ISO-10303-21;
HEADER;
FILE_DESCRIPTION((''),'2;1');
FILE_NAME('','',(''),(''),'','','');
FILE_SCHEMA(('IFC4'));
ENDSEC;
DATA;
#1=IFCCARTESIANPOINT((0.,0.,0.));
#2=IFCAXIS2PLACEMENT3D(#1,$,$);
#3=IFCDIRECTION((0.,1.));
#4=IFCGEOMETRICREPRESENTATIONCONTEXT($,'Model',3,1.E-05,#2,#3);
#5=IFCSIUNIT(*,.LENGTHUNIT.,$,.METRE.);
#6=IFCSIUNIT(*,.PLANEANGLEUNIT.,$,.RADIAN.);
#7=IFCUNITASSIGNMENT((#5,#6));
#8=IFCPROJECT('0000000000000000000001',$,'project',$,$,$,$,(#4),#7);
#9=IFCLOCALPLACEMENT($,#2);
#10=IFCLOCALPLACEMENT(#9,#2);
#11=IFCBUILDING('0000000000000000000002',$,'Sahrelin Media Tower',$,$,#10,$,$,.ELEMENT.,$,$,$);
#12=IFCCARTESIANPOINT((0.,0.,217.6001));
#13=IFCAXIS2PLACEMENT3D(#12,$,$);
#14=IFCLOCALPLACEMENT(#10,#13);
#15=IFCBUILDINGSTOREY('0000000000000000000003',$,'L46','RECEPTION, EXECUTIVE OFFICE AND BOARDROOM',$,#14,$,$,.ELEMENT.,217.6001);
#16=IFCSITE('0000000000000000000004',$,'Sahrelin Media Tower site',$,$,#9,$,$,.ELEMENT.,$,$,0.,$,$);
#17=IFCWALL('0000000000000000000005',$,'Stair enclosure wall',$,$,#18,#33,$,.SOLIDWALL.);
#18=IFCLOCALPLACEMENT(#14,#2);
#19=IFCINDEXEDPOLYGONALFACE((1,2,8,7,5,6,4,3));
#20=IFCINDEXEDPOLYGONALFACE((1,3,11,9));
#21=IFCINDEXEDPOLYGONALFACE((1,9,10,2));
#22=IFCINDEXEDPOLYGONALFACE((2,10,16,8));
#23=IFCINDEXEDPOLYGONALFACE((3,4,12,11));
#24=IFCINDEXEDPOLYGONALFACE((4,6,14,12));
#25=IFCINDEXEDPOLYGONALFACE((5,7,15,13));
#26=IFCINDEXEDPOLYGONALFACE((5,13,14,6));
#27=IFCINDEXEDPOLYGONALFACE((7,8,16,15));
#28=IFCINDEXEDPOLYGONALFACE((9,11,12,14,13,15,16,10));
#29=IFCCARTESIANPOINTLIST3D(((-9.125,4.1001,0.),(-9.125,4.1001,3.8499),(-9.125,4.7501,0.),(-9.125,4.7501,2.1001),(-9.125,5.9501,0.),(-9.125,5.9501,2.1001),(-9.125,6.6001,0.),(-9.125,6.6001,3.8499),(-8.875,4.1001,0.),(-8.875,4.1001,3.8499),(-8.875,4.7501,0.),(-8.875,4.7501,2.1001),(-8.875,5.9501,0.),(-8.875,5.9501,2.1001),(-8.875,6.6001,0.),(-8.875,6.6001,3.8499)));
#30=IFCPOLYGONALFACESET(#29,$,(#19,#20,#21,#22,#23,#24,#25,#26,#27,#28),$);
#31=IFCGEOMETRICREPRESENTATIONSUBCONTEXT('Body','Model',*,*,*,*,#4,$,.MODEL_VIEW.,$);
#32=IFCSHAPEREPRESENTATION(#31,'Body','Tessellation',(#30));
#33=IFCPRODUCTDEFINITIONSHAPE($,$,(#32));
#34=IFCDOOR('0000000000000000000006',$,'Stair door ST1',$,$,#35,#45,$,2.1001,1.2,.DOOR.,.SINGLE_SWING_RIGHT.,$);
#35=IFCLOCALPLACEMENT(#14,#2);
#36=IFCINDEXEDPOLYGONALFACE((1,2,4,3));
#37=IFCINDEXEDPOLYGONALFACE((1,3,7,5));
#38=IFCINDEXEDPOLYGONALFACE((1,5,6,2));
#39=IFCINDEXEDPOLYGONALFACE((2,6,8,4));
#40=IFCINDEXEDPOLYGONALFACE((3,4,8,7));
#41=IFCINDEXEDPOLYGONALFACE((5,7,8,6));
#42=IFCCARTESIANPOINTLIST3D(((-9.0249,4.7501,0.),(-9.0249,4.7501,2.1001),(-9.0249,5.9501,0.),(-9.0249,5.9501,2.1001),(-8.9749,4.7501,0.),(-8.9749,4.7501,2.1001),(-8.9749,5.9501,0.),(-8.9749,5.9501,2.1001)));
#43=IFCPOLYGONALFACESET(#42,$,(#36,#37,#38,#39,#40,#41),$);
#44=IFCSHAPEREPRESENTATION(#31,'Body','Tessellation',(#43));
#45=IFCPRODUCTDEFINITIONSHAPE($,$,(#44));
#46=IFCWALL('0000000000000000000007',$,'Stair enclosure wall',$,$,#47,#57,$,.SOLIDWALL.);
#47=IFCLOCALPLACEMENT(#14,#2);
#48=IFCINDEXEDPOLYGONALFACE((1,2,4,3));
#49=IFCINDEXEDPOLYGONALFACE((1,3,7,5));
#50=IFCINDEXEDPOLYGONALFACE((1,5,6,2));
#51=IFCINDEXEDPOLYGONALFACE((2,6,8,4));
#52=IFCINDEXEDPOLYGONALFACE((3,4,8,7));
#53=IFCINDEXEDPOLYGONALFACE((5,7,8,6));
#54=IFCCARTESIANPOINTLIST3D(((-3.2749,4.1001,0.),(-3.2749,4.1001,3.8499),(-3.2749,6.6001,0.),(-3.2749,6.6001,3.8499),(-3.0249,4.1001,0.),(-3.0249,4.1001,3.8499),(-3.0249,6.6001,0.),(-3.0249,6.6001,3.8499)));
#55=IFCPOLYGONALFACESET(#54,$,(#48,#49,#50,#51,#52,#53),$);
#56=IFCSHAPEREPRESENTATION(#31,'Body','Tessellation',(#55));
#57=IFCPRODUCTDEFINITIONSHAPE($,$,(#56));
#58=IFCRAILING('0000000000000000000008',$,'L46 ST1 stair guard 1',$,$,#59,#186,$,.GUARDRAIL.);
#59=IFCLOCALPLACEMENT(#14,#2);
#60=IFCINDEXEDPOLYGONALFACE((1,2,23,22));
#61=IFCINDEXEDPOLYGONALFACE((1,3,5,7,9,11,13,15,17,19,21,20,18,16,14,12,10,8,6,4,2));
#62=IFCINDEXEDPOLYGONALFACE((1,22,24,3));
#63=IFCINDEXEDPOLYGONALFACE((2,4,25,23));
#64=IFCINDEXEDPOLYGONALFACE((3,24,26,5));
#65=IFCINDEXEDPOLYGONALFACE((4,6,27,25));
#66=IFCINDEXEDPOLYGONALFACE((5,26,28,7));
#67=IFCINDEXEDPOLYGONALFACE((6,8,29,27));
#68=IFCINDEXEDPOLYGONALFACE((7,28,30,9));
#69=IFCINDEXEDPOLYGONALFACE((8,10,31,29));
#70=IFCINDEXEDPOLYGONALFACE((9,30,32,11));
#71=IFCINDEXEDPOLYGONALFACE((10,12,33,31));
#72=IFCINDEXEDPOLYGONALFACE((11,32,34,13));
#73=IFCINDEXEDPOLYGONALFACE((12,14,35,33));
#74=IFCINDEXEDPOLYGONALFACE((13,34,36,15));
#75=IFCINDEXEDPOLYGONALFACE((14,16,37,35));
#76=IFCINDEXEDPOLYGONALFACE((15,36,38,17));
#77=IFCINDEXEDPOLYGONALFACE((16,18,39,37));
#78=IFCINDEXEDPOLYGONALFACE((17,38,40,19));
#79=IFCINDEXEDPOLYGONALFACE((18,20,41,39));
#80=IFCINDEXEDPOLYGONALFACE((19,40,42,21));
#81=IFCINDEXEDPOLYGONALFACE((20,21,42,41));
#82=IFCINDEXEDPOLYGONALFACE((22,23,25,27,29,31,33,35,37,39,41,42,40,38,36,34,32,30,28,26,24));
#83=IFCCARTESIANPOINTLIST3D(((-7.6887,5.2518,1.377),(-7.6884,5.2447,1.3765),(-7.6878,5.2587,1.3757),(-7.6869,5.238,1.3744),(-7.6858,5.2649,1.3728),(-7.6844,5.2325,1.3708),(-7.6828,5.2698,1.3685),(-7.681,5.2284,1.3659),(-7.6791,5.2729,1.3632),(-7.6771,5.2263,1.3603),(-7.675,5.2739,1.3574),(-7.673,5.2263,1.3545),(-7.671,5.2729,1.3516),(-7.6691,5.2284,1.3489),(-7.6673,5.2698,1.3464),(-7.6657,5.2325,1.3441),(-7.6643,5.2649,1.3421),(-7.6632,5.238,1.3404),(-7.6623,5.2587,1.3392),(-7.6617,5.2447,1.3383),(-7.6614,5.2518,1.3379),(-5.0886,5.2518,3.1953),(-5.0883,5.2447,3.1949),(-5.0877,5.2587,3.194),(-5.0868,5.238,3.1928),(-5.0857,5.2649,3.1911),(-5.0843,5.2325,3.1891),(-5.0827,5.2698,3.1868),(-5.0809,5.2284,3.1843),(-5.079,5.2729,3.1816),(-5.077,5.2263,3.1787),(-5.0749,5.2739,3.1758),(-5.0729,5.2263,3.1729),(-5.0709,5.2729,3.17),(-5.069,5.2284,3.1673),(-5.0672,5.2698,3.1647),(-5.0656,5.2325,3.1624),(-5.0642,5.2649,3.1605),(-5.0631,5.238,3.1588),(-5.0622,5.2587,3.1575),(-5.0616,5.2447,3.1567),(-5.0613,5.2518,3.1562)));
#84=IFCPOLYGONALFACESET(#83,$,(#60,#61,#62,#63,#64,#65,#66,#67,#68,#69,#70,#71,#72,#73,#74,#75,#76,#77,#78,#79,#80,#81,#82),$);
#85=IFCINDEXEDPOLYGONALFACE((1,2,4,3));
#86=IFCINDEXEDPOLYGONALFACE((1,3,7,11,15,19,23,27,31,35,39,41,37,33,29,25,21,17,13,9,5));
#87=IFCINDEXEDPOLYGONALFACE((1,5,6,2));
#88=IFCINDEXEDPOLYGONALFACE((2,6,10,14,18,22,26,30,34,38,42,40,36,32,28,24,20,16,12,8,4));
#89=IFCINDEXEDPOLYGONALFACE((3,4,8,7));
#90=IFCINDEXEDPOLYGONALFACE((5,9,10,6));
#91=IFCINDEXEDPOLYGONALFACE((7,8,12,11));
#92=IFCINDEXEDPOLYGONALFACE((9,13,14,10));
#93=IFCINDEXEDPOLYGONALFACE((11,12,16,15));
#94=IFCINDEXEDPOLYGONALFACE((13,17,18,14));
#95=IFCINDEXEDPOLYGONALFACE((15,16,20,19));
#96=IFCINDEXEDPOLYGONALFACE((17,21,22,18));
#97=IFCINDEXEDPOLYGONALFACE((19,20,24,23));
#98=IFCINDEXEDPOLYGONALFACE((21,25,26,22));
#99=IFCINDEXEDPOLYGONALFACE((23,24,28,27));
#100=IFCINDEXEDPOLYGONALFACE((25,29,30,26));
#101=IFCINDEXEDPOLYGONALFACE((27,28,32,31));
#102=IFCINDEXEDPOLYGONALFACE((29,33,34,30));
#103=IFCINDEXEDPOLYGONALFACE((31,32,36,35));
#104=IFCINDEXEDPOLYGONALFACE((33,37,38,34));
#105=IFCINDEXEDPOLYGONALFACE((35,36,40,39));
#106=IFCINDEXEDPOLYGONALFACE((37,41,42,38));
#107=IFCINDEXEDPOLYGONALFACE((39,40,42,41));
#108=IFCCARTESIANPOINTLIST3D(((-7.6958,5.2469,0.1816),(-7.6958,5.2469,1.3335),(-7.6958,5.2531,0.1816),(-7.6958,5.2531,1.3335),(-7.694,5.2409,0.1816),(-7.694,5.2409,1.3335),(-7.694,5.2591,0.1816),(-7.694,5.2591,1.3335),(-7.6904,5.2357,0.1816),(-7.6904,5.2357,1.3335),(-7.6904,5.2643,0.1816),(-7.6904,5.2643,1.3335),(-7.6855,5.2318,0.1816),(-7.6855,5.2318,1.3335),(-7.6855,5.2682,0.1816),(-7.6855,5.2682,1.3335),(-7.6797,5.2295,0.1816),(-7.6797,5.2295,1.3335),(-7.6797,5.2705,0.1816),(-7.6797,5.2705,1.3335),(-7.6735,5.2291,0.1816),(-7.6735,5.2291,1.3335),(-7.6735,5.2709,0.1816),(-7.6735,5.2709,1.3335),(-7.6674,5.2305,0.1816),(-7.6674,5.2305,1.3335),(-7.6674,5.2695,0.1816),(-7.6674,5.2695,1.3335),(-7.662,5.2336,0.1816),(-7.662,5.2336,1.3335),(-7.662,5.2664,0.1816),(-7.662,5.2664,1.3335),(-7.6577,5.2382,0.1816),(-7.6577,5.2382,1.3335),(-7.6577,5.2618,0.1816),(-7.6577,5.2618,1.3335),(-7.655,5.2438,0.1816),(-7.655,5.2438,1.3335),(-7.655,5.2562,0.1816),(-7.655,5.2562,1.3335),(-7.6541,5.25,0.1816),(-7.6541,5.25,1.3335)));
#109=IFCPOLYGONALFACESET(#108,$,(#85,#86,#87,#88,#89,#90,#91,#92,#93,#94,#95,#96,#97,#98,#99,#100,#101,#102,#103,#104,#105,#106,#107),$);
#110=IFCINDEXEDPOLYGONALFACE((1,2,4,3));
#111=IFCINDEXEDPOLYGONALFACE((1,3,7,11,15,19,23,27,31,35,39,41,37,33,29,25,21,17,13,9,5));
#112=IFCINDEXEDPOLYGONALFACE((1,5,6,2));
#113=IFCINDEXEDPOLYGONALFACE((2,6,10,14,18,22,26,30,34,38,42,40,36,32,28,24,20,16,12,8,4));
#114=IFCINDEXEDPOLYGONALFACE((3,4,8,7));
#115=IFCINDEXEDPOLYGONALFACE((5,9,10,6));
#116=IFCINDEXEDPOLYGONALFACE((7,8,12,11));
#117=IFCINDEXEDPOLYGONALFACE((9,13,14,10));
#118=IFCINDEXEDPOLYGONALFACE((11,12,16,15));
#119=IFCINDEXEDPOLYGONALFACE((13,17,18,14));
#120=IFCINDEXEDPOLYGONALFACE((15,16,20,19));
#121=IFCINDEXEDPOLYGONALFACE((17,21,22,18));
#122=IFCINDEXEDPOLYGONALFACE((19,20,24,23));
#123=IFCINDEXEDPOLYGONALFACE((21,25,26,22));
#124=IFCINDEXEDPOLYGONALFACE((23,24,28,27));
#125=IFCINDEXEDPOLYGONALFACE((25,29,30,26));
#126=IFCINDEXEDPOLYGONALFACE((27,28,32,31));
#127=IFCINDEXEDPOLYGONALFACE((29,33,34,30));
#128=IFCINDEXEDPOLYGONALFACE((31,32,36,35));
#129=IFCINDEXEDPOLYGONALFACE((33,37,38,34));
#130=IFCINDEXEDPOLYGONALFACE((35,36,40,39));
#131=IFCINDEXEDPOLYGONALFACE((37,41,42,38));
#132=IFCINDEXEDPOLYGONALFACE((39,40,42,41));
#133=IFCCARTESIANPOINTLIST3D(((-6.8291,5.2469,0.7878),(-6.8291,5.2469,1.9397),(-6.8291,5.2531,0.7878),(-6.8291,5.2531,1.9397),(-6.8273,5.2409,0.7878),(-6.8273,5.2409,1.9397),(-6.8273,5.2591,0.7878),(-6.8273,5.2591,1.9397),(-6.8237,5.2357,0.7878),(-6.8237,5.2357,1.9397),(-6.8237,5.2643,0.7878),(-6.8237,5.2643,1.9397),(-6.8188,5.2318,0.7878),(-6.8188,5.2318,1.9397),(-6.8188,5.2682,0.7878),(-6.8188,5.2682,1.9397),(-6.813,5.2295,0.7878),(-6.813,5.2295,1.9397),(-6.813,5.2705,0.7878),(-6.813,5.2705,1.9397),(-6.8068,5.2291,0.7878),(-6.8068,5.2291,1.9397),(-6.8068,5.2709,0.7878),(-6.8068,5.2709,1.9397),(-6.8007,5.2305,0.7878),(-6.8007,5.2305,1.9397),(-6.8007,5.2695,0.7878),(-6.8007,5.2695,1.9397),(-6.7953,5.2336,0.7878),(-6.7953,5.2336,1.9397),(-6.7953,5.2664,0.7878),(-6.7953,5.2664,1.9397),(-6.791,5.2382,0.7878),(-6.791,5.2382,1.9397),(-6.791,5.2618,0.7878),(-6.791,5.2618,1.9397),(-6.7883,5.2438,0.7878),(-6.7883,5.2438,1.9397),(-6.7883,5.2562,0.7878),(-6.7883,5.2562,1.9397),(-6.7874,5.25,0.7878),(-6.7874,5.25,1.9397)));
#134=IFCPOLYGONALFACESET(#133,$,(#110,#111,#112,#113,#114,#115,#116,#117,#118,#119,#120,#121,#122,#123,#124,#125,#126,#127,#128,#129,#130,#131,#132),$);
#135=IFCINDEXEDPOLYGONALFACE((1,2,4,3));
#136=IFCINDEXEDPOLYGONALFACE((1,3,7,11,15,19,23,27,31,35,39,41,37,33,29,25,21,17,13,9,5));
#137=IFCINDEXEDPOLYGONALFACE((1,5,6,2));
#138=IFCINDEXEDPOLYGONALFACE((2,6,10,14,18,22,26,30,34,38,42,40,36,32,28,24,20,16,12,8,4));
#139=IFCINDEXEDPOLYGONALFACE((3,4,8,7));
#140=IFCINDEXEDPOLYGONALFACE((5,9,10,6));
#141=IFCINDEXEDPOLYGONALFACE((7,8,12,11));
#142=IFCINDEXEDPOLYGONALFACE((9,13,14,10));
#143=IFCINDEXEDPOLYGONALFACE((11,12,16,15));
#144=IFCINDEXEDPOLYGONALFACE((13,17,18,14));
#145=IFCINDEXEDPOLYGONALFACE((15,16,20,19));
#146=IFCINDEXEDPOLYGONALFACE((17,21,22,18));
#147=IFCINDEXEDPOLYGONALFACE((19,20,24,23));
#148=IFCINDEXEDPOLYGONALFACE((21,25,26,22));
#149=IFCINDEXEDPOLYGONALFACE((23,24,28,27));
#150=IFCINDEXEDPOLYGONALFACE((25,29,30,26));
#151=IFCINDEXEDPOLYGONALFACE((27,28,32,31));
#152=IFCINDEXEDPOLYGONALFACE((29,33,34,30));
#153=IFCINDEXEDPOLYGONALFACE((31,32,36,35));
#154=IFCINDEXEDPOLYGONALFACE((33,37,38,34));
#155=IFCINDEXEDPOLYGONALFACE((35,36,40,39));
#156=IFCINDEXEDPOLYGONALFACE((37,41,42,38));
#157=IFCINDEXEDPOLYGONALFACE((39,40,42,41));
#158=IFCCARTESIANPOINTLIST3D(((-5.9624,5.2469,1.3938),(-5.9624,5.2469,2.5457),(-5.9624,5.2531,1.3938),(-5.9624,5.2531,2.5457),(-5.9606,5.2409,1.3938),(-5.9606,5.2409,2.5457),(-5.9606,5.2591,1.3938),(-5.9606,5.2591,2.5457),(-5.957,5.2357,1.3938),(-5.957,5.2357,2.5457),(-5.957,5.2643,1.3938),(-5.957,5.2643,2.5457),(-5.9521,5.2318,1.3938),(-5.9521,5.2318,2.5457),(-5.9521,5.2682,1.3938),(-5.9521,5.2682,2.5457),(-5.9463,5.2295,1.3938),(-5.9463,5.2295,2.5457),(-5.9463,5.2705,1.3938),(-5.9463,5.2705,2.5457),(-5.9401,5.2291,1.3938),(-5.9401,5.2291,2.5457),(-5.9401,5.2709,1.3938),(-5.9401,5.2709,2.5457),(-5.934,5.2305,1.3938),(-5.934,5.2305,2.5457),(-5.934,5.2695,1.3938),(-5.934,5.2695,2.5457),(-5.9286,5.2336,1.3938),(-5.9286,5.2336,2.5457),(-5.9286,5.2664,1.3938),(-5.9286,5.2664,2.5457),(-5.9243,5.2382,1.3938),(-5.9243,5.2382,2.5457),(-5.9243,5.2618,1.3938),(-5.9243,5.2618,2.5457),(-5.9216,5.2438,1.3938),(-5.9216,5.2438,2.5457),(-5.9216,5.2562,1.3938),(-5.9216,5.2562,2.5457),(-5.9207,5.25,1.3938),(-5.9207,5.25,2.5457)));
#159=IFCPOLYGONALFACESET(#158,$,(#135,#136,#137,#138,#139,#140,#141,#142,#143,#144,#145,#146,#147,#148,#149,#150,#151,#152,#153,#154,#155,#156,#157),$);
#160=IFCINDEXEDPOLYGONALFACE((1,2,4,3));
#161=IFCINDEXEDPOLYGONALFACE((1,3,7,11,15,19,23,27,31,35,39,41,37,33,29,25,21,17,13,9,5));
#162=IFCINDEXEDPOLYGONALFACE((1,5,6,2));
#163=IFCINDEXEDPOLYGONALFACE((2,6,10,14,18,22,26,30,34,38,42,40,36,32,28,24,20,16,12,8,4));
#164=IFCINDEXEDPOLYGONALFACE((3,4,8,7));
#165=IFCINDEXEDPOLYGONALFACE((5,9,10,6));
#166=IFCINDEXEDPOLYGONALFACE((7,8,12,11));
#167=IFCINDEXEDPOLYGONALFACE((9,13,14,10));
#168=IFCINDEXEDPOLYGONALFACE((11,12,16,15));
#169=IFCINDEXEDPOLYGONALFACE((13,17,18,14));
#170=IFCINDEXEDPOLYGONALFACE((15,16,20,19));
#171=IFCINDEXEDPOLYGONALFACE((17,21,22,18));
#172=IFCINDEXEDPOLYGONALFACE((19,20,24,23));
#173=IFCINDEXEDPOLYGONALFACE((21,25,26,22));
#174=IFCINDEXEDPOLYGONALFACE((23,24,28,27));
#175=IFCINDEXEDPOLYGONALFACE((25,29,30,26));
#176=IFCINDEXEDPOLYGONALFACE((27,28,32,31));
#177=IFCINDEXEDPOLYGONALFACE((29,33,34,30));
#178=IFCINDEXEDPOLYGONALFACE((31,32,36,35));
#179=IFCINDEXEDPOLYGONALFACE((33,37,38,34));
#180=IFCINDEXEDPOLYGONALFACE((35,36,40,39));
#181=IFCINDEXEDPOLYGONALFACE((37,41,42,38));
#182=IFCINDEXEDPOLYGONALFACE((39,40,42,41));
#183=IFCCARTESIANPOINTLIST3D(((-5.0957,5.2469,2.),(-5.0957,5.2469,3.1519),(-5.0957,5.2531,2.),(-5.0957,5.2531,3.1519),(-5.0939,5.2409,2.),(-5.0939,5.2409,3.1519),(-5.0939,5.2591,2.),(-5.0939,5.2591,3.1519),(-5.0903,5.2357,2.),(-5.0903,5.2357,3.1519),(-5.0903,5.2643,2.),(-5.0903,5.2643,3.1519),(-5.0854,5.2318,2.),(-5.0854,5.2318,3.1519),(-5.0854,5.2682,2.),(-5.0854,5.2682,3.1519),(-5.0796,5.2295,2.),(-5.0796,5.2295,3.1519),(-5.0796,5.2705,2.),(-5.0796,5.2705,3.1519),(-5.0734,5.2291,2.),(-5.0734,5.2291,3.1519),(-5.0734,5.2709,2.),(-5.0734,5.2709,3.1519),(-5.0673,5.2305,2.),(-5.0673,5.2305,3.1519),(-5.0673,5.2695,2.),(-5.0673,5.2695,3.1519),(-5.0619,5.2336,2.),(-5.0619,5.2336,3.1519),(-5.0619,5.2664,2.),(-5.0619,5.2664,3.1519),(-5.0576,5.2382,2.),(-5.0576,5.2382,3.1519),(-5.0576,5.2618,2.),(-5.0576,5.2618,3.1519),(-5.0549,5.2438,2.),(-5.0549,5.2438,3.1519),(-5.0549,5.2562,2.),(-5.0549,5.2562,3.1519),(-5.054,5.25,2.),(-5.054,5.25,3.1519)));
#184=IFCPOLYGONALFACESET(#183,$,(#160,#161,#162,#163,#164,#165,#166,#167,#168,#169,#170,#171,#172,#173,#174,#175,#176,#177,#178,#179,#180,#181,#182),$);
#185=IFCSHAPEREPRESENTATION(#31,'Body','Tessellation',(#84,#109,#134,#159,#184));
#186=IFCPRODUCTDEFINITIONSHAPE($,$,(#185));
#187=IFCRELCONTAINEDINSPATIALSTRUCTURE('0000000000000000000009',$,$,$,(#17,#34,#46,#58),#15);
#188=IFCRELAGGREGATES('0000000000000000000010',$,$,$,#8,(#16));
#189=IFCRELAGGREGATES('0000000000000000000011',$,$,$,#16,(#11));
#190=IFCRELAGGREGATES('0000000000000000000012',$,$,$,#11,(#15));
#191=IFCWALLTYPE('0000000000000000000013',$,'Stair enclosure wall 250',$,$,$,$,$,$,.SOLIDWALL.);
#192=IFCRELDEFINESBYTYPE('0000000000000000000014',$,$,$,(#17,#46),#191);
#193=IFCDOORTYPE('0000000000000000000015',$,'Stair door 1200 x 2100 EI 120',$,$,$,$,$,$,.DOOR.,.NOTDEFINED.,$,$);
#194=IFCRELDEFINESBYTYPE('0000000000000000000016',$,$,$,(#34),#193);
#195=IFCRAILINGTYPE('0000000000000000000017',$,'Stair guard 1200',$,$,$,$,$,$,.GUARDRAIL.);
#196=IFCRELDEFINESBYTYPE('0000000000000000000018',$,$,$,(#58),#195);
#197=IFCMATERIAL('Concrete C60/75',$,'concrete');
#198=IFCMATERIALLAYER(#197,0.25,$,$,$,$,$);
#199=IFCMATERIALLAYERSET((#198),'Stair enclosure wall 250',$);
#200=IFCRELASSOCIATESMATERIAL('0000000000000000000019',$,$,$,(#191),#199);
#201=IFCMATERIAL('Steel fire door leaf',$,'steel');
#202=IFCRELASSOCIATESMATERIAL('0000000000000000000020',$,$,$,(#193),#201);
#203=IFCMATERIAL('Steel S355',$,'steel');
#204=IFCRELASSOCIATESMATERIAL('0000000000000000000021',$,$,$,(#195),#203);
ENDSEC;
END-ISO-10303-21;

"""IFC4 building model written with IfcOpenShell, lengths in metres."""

from ifc_helpers import new_model, si_unit, direction, frame, frame_2d, origin, origin_2d, place, context, subcontext, project, spatial, rectangle, circle, extrude, material, layer, layer_set, type_object, element, fill, save


model = new_model("IFC4")

# Units and contexts
model_context = context("Model", 3, precision=1e-05, world=origin(), true_north=direction((0.0, 1.0)))
body_context = subcontext(model_context, "Body", "Model", "MODEL_VIEW")
ifc_project = project(units=[si_unit("LENGTHUNIT", "METRE"), si_unit("PLANEANGLEUNIT", "RADIAN")], contexts=[model_context])

# Site, building, storey
site_placement = place(None, origin())
site = spatial("IfcSite", under=ifc_project, at=site_placement, Name="Sahrelin Media Tower site", CompositionType="ELEMENT", RefElevation=0.0)
building_placement = place(site_placement, origin())
building = spatial("IfcBuilding", under=site, at=building_placement, Name="Sahrelin Media Tower", CompositionType="ELEMENT")
storey_placement = place(building_placement, frame((0.0, 0.0, 217.6001)))
storey = spatial("IfcBuildingStorey", under=building, at=storey_placement, Name="L46", Description="RECEPTION, EXECUTIVE OFFICE AND BOARDROOM", CompositionType="ELEMENT", Elevation=217.6001)

# Shared definitions
ifc_material_1 = material(Name="Steel S355", Category="steel")

# Shared definitions
ifc_material_2 = material(Name="Concrete C60/75", Category="concrete")

# Shared definitions
ifc_material_3 = material(Name="Steel fire door leaf", Category="steel")

# Wall, opening, door
ifc_layer_1 = layer(ifc_material_2, 0.25)
ifc_layer_set_1 = layer_set([ifc_layer_1], Name="Stair enclosure wall 250")
wall_type_1 = type_object("IfcWallType", Name="Stair enclosure wall 250", PredefinedType="SOLIDWALL", material=ifc_layer_set_1)
wall_1_placement = place(storey_placement, frame((-9.0, 4.1001, 0.0), z_axis=(0.0, 0.0, 1.0), x_axis=(0.0, 1.0, 0.0)))
wall_1 = element("IfcWall", 1, at=wall_1_placement, inside=storey, type_object=wall_type_1, Name="Stair enclosure wall", PredefinedType="SOLIDWALL", context=body_context, shape_type="SweptSolid", body=[
    extrude(rectangle(XDim=2.5, YDim=0.25, at=frame_2d((1.25, 0.0))), origin(), (0.0, 0.0, 1.0), 3.8499),
])
opening_1_placement = place(wall_1_placement, frame((0.6499, 0.0, 0.0)))
opening_1 = element("IfcOpeningElement", 2, at=opening_1_placement, cuts=wall_1, PredefinedType="OPENING", context=body_context, shape_type="SweptSolid", body=[
    extrude(rectangle(XDim=1.2, YDim=2.1001, at=frame_2d((0.6001, 1.05))), frame((0.0, 0.125, 0.0), z_axis=(0.0, -1.0, 0.0), x_axis=(1.0, 0.0, 0.0)), (0.0, 0.0, 1.0), 0.25),
])
door_type_1 = type_object("IfcDoorType", Name="Stair door 1200 x 2100 EI 120", OperationType="NOTDEFINED", PredefinedType="DOOR", material=ifc_material_3)
door_1_placement = place(opening_1_placement, origin())
door_1 = element("IfcDoor", 3, at=door_1_placement, inside=storey, type_object=door_type_1, Name="Stair door ST1", OperationType="SINGLE_SWING_RIGHT", OverallHeight=2.1001, OverallWidth=1.2, PredefinedType="DOOR", context=body_context, shape_type="SweptSolid", body=[
    extrude(rectangle(XDim=1.2, YDim=2.1001, at=frame_2d((0.6001, 1.05))), frame((0.0, 0.0249, 0.0), z_axis=(0.0, -1.0, 0.0), x_axis=(1.0, 0.0, 0.0)), (0.0, 0.0, 1.0), 0.05),
])
fill(opening_1, door_1)

# Wall
wall_2_placement = place(storey_placement, frame((-3.1499, 4.1001, 0.0), z_axis=(0.0, 0.0, 1.0), x_axis=(0.0, 1.0, 0.0)))
element("IfcWall", 4, at=wall_2_placement, inside=storey, type_object=wall_type_1, Name="Stair enclosure wall", PredefinedType="SOLIDWALL", context=body_context, shape_type="SweptSolid", body=[
    extrude(rectangle(XDim=2.5, YDim=0.25, at=frame_2d((1.25, 0.0))), origin(), (0.0, 0.0, 1.0), 3.8499),
])

# Railing
railing_type_1 = type_object("IfcRailingType", Name="Stair guard 1200", PredefinedType="GUARDRAIL", material=ifc_material_1)
railing_1_placement = place(storey_placement, frame((-7.675, 5.25, 0.1816)))
element("IfcRailing", 5, at=railing_1_placement, inside=storey, type_object=railing_type_1, Name="L46 ST1 stair guard 1", PredefinedType="GUARDRAIL", context=body_context, shape_type="SweptSolid", body=[
    extrude(circle(Radius=0.0239, at=origin_2d()), frame((0.0, 0.0, 1.1758), z_axis=(0.819485, 0.0, 0.573101), x_axis=(0.0, 1.0, 0.0)), (0.0, 0.0, 1.0), 3.1729),
    extrude(circle(Radius=0.021, at=origin_2d()), origin(), (0.0, 0.0, 1.0), 1.1519),
    extrude(circle(Radius=0.021, at=origin_2d()), frame((0.8667, 0.0, 0.6062)), (0.0, 0.0, 1.0), 1.1519),
    extrude(circle(Radius=0.021, at=origin_2d()), frame((1.7334, 0.0, 1.2122)), (0.0, 0.0, 1.0), 1.1519),
    extrude(circle(Radius=0.021, at=origin_2d()), frame((2.6001, 0.0, 1.8184)), (0.0, 0.0, 1.0), 1.1519),
])

save(model, "model.ifc")
